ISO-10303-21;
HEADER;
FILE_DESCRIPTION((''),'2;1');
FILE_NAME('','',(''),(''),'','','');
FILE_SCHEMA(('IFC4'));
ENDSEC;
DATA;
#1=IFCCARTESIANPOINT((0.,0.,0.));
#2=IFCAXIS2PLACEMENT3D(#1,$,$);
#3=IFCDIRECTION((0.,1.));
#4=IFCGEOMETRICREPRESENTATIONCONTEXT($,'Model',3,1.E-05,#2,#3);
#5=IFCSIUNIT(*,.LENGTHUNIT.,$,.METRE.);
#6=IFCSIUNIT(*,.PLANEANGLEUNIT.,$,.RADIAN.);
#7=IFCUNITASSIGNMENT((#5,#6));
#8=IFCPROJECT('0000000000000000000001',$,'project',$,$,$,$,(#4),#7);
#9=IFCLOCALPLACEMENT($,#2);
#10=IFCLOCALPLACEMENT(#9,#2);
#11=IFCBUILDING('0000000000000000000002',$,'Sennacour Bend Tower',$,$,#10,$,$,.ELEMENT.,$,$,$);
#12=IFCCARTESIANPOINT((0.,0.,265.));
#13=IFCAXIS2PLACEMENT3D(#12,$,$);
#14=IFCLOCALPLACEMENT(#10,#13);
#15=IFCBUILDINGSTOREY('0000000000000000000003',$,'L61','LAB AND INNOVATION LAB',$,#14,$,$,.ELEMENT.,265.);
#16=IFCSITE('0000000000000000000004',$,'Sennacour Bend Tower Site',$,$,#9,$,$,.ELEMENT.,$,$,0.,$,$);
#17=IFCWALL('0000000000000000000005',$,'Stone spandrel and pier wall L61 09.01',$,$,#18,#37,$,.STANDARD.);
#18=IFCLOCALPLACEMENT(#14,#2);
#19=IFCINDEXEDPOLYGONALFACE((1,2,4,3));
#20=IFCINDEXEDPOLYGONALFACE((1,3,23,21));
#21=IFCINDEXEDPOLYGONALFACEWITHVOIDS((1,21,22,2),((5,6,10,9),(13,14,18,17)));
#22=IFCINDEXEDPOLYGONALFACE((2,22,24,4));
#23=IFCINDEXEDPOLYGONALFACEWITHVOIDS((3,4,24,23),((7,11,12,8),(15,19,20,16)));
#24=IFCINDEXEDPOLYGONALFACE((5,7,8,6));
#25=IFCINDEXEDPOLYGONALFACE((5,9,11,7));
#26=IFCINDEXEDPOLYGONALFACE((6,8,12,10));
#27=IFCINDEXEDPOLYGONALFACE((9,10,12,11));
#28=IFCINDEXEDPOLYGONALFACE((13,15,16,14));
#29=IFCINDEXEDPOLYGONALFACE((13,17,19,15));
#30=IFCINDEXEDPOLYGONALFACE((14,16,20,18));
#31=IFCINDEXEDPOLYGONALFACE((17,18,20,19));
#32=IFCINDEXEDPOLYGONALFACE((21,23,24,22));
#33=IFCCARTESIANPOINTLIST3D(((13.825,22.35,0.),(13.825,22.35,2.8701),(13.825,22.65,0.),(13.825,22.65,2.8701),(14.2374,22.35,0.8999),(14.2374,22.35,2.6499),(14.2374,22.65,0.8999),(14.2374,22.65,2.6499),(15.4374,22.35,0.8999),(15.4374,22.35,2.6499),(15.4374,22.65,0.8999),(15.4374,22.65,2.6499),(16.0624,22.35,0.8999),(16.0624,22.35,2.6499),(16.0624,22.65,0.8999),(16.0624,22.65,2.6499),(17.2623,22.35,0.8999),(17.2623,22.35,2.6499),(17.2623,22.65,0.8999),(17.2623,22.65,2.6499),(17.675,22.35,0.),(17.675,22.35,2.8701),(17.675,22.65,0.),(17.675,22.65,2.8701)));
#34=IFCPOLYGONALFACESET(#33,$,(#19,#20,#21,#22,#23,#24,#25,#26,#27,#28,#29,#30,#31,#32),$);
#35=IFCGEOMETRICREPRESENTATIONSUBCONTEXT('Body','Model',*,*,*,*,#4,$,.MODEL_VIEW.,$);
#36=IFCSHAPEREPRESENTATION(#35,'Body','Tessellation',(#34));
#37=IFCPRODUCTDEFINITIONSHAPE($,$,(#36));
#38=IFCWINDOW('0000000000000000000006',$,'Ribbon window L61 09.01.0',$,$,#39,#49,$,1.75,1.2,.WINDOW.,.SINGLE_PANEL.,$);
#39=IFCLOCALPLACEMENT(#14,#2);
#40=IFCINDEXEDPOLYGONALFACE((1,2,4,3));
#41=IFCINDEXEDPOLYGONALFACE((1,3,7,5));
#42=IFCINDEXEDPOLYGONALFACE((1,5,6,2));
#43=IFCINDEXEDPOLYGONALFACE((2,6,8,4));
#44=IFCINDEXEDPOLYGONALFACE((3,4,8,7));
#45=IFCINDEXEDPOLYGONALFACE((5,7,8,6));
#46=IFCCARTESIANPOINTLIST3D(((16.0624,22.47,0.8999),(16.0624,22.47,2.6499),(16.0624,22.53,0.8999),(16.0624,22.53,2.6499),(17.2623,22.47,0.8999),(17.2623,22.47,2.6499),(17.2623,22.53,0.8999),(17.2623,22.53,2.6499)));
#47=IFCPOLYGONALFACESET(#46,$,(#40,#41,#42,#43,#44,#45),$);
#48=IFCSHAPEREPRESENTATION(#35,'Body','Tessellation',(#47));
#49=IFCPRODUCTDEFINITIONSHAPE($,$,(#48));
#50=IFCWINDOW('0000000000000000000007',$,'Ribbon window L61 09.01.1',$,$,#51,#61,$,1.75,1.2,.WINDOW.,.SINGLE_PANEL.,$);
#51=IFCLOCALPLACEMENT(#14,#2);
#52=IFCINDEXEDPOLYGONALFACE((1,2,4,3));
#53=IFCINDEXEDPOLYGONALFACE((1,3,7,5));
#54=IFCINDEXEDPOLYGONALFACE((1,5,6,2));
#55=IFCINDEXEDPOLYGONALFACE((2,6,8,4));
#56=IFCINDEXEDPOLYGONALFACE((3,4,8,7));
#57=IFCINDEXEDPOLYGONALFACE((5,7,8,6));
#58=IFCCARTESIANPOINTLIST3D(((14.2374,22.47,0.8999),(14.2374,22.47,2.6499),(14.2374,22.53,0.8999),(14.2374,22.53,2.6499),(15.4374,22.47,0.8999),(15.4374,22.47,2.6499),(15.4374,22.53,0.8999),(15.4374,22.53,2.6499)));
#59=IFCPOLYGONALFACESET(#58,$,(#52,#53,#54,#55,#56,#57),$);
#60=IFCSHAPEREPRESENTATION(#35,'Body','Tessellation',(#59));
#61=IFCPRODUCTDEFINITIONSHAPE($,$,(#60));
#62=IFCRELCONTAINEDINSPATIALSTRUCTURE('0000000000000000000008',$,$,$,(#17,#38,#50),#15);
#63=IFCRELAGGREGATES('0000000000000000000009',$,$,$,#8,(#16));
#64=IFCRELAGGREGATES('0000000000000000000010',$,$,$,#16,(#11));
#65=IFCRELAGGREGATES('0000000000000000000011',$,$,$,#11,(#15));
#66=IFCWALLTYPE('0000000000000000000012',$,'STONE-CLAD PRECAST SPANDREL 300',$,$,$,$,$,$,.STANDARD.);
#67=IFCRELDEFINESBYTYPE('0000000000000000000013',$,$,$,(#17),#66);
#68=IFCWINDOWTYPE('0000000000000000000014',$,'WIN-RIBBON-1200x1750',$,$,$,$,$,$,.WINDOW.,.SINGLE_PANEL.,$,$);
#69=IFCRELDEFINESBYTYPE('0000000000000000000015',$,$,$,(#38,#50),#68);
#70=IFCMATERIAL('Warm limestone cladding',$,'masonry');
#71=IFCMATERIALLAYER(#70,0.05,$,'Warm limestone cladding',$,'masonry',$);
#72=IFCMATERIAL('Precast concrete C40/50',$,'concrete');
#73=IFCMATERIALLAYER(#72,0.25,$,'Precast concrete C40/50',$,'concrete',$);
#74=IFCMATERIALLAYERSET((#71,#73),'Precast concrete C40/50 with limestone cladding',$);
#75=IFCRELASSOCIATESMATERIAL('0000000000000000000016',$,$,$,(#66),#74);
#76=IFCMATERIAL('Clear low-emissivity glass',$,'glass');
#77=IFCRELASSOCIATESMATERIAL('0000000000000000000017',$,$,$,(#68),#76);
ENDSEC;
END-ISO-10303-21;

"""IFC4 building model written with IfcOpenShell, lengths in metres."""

from ifc_helpers import new_model, si_unit, direction, frame, frame_2d, origin, place, context, subcontext, project, spatial, rectangle, extrude, material, layer, layer_set, type_object, element, fill, save


model = new_model("IFC4")

# Units and contexts
model_context = context("Model", 3, precision=1e-05, world=origin(), true_north=direction((0.0, 1.0)))
body_context = subcontext(model_context, "Body", "Model", "MODEL_VIEW")
ifc_project = project(units=[si_unit("LENGTHUNIT", "METRE"), si_unit("PLANEANGLEUNIT", "RADIAN")], contexts=[model_context])

# Site, building, storey
site_placement = place(None, origin())
site = spatial("IfcSite", under=ifc_project, at=site_placement, Name="Sennacour Bend Tower Site", CompositionType="ELEMENT", RefElevation=0.0)
building_placement = place(site_placement, origin())
building = spatial("IfcBuilding", under=site, at=building_placement, Name="Sennacour Bend Tower", CompositionType="ELEMENT")
storey_placement = place(building_placement, frame((0.0, 0.0, 265.0)))
storey = spatial("IfcBuildingStorey", under=building, at=storey_placement, Name="L61", Description="LAB AND INNOVATION LAB", CompositionType="ELEMENT", Elevation=265.0)

# Shared definitions
ifc_material_1 = material(Name="Warm limestone cladding", Category="masonry")
ifc_layer_1 = layer(ifc_material_1, 0.05, Name="Warm limestone cladding", Category="masonry")
ifc_material_2 = material(Name="Precast concrete C40/50", Category="concrete")
ifc_layer_2 = layer(ifc_material_2, 0.25, Name="Precast concrete C40/50", Category="concrete")
ifc_layer_set = layer_set([ifc_layer_1, ifc_layer_2], Name="Precast concrete C40/50 with limestone cladding")
wall_type = type_object("IfcWallType", Name="STONE-CLAD PRECAST SPANDREL 300", PredefinedType="STANDARD", material=ifc_layer_set)
ifc_material_3 = material(Name="Clear low-emissivity glass", Category="glass")
window_type = type_object("IfcWindowType", Name="WIN-RIBBON-1200x1750", PartitioningType="SINGLE_PANEL", PredefinedType="WINDOW", material=ifc_material_3)

# Wall, openings, windows
wall_1_placement = place(storey_placement, frame((17.675, 22.5, 0.0), z_axis=(0.0, 0.0, 1.0), x_axis=(-1.0, 0.0, 0.0)))
wall_1 = element("IfcWall", 1, at=wall_1_placement, inside=storey, type_object=wall_type, Name="Stone spandrel and pier wall L61 09.01", PredefinedType="STANDARD", context=body_context, shape_type="SweptSolid", body=[
    extrude(rectangle(XDim=3.8501, YDim=0.3, at=frame_2d((1.925, 0.0))), origin(), (0.0, 0.0, 1.0), 2.8701),
])
opening_1_placement = place(wall_1_placement, frame((0.4126, 0.0, 0.8999)))
opening_1 = element("IfcOpeningElement", 2, at=opening_1_placement, cuts=wall_1, PredefinedType="OPENING", context=body_context, shape_type="SweptSolid", body=[
    extrude(rectangle(XDim=1.2, YDim=1.75, at=frame_2d((0.6001, 0.875))), frame((0.0, 0.1602, 0.0), z_axis=(0.0, -1.0, 0.0), x_axis=(1.0, 0.0, 0.0)), (0.0, 0.0, 1.0), 0.3201),
])
opening_2_placement = place(wall_1_placement, frame((2.2375, 0.0, 0.8999)))
opening_2 = element("IfcOpeningElement", 3, at=opening_2_placement, cuts=wall_1, PredefinedType="OPENING", context=body_context, shape_type="SweptSolid", body=[
    extrude(rectangle(XDim=1.2, YDim=1.75, at=frame_2d((0.6001, 0.875))), frame((0.0, 0.1602, 0.0), z_axis=(0.0, -1.0, 0.0), x_axis=(1.0, 0.0, 0.0)), (0.0, 0.0, 1.0), 0.3201),
])
window_1_placement = place(opening_1_placement, origin())
window_1 = element("IfcWindow", 4, at=window_1_placement, inside=storey, type_object=window_type, Name="Ribbon window L61 09.01.0", OverallHeight=1.75, OverallWidth=1.2, PartitioningType="SINGLE_PANEL", PredefinedType="WINDOW", context=body_context, shape_type="SweptSolid", body=[
    extrude(rectangle(XDim=1.2, YDim=1.75, at=frame_2d((0.6001, 0.875))), frame((0.0, 0.03, 0.0), z_axis=(0.0, -1.0, 0.0), x_axis=(1.0, 0.0, 0.0)), (0.0, 0.0, 1.0), 0.0601),
])
fill(opening_1, window_1)
window_2_placement = place(opening_2_placement, origin())
window_2 = element("IfcWindow", 5, at=window_2_placement, inside=storey, type_object=window_type, Name="Ribbon window L61 09.01.1", OverallHeight=1.75, OverallWidth=1.2, PartitioningType="SINGLE_PANEL", PredefinedType="WINDOW", context=body_context, shape_type="SweptSolid", body=[
    extrude(rectangle(XDim=1.2, YDim=1.75, at=frame_2d((0.6001, 0.875))), frame((0.0, 0.03, 0.0), z_axis=(0.0, -1.0, 0.0), x_axis=(1.0, 0.0, 0.0)), (0.0, 0.0, 1.0), 0.0601),
])
fill(opening_2, window_2)

save(model, "model.ifc")
